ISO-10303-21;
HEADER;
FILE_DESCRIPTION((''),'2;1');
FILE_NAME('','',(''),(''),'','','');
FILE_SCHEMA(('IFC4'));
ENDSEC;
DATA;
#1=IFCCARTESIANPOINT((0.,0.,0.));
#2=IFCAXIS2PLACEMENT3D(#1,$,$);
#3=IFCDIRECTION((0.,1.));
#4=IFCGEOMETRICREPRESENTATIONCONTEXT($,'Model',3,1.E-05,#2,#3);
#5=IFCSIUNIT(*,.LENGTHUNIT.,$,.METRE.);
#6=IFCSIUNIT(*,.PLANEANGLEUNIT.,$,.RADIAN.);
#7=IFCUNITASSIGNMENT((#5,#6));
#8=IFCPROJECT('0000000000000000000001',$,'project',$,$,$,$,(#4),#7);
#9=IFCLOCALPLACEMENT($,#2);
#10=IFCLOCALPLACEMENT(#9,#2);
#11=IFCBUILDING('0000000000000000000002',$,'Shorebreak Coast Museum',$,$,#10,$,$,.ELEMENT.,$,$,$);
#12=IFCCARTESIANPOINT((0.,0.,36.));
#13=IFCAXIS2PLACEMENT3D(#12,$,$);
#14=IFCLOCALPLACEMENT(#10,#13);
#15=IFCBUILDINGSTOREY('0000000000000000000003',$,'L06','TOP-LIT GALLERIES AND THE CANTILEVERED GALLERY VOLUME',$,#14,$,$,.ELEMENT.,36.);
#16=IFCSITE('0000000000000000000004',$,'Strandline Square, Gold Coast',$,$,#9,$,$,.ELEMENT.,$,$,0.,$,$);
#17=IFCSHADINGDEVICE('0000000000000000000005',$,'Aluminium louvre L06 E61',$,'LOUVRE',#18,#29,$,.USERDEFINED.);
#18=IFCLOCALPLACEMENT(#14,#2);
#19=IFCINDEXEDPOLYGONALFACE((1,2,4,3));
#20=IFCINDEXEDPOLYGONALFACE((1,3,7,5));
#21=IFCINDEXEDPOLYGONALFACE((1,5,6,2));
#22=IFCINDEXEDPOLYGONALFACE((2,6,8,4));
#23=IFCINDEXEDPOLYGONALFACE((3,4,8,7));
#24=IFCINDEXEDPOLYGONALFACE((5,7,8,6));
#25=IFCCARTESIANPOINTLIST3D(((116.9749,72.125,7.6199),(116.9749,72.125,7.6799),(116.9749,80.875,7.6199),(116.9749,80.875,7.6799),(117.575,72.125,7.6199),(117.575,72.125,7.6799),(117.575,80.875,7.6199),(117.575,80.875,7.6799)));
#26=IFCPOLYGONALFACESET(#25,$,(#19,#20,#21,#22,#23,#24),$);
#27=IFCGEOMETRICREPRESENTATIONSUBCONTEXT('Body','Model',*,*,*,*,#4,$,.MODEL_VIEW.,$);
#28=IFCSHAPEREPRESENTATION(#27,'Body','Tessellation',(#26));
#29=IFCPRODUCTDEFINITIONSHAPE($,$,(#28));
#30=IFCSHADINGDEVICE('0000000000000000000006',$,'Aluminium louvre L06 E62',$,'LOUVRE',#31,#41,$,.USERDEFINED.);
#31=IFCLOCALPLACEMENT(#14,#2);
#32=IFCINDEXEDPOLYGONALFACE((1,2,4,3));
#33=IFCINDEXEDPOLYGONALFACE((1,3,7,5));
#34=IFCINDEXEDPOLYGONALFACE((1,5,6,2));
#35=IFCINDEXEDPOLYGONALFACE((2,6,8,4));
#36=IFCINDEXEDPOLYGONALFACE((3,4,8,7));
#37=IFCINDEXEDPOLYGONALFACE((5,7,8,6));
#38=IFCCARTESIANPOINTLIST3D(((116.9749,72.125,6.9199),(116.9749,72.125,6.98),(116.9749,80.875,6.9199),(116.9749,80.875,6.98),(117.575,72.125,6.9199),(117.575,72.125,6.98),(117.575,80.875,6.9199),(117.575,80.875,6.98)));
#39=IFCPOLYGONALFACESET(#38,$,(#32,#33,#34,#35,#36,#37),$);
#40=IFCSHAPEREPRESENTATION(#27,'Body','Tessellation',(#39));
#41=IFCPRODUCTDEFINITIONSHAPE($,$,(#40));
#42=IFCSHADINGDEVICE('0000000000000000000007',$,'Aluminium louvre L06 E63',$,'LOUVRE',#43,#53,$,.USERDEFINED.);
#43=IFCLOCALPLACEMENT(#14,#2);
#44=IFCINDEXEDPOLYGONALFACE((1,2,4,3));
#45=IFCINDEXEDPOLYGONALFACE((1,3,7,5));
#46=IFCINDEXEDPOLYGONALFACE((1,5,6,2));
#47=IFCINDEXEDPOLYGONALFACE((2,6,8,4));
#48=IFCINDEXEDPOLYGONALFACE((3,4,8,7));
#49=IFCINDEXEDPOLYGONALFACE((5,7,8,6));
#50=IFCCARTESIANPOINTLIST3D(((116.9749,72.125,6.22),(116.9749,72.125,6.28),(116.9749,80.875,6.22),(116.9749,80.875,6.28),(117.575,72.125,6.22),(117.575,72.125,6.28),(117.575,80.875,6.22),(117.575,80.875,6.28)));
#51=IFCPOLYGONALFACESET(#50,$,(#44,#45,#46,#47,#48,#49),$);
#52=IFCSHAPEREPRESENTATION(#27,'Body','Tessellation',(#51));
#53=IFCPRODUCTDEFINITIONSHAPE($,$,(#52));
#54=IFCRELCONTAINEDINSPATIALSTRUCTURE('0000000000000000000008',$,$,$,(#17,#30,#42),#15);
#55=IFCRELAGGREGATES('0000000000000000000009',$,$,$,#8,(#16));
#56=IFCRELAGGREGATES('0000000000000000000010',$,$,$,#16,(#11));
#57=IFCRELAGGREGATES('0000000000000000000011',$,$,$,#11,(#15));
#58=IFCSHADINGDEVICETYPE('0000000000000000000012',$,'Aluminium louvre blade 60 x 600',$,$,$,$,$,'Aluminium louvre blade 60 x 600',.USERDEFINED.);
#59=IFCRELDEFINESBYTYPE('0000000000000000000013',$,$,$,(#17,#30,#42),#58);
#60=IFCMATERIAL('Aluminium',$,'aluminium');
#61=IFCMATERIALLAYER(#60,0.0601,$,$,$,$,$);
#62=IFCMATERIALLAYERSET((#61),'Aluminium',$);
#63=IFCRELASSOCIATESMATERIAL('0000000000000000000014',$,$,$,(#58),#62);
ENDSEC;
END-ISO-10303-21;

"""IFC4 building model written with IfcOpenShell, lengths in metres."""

from ifc_helpers import new_model, si_unit, direction, frame, origin, origin_2d, place, context, subcontext, project, spatial, rectangle, extrude, material, layer, layer_set, type_object, element, save


model = new_model("IFC4")

# Units and contexts
model_context = context("Model", 3, precision=1e-05, world=origin(), true_north=direction((0.0, 1.0)))
body_context = subcontext(model_context, "Body", "Model", "MODEL_VIEW")
ifc_project = project(units=[si_unit("LENGTHUNIT", "METRE"), si_unit("PLANEANGLEUNIT", "RADIAN")], contexts=[model_context])

# Site, building, storey
site_placement = place(None, origin())
site = spatial("IfcSite", under=ifc_project, at=site_placement, Name="Strandline Square, Gold Coast", CompositionType="ELEMENT", RefElevation=0.0)
building_placement = place(site_placement, origin())
building = spatial("IfcBuilding", under=site, at=building_placement, Name="Shorebreak Coast Museum", CompositionType="ELEMENT")
storey_placement = place(building_placement, frame((0.0, 0.0, 36.0)))
storey = spatial("IfcBuildingStorey", under=building, at=storey_placement, Name="L06", Description="TOP-LIT GALLERIES AND THE CANTILEVERED GALLERY VOLUME", CompositionType="ELEMENT", Elevation=36.0)

# Shading devices
ifc_material_1 = material(Name="Aluminium", Category="aluminium")
ifc_layer_1 = layer(ifc_material_1, 0.0601)
ifc_layer_set_1 = layer_set([ifc_layer_1], Name="Aluminium")
shading_device_type = type_object("IfcShadingDeviceType", Name="Aluminium louvre blade 60 x 600", ElementType="Aluminium louvre blade 60 x 600", PredefinedType="USERDEFINED", material=ifc_layer_set_1)
for number, where, z_axis, x_axis, name in (
    (1, (117.2749, 76.5, 7.6199), (0.0, 0.0, 1.0), (1.0, 0.0, 0.0), "Aluminium louvre L06 E61"),
    (2, (117.2749, 76.5, 6.9199), (0.0, 0.0, 1.0), (1.0, 0.0, 0.0), "Aluminium louvre L06 E62"),
    (3, (117.2749, 76.5, 6.22), (0.0, 0.0, 1.0), (1.0, 0.0, 0.0), "Aluminium louvre L06 E63"),
):
    element("IfcShadingDevice", number, at=place(storey_placement, frame(where, z_axis=z_axis, x_axis=x_axis)), inside=storey, type_object=shading_device_type, Name=name, ObjectType="LOUVRE", PredefinedType="USERDEFINED", context=body_context, shape_type="SweptSolid", body=[
        extrude(rectangle(XDim=0.6001, YDim=8.75, at=origin_2d()), origin(), (0.0, 0.0, 1.0), 0.0601),
    ])

save(model, "model.ifc")
